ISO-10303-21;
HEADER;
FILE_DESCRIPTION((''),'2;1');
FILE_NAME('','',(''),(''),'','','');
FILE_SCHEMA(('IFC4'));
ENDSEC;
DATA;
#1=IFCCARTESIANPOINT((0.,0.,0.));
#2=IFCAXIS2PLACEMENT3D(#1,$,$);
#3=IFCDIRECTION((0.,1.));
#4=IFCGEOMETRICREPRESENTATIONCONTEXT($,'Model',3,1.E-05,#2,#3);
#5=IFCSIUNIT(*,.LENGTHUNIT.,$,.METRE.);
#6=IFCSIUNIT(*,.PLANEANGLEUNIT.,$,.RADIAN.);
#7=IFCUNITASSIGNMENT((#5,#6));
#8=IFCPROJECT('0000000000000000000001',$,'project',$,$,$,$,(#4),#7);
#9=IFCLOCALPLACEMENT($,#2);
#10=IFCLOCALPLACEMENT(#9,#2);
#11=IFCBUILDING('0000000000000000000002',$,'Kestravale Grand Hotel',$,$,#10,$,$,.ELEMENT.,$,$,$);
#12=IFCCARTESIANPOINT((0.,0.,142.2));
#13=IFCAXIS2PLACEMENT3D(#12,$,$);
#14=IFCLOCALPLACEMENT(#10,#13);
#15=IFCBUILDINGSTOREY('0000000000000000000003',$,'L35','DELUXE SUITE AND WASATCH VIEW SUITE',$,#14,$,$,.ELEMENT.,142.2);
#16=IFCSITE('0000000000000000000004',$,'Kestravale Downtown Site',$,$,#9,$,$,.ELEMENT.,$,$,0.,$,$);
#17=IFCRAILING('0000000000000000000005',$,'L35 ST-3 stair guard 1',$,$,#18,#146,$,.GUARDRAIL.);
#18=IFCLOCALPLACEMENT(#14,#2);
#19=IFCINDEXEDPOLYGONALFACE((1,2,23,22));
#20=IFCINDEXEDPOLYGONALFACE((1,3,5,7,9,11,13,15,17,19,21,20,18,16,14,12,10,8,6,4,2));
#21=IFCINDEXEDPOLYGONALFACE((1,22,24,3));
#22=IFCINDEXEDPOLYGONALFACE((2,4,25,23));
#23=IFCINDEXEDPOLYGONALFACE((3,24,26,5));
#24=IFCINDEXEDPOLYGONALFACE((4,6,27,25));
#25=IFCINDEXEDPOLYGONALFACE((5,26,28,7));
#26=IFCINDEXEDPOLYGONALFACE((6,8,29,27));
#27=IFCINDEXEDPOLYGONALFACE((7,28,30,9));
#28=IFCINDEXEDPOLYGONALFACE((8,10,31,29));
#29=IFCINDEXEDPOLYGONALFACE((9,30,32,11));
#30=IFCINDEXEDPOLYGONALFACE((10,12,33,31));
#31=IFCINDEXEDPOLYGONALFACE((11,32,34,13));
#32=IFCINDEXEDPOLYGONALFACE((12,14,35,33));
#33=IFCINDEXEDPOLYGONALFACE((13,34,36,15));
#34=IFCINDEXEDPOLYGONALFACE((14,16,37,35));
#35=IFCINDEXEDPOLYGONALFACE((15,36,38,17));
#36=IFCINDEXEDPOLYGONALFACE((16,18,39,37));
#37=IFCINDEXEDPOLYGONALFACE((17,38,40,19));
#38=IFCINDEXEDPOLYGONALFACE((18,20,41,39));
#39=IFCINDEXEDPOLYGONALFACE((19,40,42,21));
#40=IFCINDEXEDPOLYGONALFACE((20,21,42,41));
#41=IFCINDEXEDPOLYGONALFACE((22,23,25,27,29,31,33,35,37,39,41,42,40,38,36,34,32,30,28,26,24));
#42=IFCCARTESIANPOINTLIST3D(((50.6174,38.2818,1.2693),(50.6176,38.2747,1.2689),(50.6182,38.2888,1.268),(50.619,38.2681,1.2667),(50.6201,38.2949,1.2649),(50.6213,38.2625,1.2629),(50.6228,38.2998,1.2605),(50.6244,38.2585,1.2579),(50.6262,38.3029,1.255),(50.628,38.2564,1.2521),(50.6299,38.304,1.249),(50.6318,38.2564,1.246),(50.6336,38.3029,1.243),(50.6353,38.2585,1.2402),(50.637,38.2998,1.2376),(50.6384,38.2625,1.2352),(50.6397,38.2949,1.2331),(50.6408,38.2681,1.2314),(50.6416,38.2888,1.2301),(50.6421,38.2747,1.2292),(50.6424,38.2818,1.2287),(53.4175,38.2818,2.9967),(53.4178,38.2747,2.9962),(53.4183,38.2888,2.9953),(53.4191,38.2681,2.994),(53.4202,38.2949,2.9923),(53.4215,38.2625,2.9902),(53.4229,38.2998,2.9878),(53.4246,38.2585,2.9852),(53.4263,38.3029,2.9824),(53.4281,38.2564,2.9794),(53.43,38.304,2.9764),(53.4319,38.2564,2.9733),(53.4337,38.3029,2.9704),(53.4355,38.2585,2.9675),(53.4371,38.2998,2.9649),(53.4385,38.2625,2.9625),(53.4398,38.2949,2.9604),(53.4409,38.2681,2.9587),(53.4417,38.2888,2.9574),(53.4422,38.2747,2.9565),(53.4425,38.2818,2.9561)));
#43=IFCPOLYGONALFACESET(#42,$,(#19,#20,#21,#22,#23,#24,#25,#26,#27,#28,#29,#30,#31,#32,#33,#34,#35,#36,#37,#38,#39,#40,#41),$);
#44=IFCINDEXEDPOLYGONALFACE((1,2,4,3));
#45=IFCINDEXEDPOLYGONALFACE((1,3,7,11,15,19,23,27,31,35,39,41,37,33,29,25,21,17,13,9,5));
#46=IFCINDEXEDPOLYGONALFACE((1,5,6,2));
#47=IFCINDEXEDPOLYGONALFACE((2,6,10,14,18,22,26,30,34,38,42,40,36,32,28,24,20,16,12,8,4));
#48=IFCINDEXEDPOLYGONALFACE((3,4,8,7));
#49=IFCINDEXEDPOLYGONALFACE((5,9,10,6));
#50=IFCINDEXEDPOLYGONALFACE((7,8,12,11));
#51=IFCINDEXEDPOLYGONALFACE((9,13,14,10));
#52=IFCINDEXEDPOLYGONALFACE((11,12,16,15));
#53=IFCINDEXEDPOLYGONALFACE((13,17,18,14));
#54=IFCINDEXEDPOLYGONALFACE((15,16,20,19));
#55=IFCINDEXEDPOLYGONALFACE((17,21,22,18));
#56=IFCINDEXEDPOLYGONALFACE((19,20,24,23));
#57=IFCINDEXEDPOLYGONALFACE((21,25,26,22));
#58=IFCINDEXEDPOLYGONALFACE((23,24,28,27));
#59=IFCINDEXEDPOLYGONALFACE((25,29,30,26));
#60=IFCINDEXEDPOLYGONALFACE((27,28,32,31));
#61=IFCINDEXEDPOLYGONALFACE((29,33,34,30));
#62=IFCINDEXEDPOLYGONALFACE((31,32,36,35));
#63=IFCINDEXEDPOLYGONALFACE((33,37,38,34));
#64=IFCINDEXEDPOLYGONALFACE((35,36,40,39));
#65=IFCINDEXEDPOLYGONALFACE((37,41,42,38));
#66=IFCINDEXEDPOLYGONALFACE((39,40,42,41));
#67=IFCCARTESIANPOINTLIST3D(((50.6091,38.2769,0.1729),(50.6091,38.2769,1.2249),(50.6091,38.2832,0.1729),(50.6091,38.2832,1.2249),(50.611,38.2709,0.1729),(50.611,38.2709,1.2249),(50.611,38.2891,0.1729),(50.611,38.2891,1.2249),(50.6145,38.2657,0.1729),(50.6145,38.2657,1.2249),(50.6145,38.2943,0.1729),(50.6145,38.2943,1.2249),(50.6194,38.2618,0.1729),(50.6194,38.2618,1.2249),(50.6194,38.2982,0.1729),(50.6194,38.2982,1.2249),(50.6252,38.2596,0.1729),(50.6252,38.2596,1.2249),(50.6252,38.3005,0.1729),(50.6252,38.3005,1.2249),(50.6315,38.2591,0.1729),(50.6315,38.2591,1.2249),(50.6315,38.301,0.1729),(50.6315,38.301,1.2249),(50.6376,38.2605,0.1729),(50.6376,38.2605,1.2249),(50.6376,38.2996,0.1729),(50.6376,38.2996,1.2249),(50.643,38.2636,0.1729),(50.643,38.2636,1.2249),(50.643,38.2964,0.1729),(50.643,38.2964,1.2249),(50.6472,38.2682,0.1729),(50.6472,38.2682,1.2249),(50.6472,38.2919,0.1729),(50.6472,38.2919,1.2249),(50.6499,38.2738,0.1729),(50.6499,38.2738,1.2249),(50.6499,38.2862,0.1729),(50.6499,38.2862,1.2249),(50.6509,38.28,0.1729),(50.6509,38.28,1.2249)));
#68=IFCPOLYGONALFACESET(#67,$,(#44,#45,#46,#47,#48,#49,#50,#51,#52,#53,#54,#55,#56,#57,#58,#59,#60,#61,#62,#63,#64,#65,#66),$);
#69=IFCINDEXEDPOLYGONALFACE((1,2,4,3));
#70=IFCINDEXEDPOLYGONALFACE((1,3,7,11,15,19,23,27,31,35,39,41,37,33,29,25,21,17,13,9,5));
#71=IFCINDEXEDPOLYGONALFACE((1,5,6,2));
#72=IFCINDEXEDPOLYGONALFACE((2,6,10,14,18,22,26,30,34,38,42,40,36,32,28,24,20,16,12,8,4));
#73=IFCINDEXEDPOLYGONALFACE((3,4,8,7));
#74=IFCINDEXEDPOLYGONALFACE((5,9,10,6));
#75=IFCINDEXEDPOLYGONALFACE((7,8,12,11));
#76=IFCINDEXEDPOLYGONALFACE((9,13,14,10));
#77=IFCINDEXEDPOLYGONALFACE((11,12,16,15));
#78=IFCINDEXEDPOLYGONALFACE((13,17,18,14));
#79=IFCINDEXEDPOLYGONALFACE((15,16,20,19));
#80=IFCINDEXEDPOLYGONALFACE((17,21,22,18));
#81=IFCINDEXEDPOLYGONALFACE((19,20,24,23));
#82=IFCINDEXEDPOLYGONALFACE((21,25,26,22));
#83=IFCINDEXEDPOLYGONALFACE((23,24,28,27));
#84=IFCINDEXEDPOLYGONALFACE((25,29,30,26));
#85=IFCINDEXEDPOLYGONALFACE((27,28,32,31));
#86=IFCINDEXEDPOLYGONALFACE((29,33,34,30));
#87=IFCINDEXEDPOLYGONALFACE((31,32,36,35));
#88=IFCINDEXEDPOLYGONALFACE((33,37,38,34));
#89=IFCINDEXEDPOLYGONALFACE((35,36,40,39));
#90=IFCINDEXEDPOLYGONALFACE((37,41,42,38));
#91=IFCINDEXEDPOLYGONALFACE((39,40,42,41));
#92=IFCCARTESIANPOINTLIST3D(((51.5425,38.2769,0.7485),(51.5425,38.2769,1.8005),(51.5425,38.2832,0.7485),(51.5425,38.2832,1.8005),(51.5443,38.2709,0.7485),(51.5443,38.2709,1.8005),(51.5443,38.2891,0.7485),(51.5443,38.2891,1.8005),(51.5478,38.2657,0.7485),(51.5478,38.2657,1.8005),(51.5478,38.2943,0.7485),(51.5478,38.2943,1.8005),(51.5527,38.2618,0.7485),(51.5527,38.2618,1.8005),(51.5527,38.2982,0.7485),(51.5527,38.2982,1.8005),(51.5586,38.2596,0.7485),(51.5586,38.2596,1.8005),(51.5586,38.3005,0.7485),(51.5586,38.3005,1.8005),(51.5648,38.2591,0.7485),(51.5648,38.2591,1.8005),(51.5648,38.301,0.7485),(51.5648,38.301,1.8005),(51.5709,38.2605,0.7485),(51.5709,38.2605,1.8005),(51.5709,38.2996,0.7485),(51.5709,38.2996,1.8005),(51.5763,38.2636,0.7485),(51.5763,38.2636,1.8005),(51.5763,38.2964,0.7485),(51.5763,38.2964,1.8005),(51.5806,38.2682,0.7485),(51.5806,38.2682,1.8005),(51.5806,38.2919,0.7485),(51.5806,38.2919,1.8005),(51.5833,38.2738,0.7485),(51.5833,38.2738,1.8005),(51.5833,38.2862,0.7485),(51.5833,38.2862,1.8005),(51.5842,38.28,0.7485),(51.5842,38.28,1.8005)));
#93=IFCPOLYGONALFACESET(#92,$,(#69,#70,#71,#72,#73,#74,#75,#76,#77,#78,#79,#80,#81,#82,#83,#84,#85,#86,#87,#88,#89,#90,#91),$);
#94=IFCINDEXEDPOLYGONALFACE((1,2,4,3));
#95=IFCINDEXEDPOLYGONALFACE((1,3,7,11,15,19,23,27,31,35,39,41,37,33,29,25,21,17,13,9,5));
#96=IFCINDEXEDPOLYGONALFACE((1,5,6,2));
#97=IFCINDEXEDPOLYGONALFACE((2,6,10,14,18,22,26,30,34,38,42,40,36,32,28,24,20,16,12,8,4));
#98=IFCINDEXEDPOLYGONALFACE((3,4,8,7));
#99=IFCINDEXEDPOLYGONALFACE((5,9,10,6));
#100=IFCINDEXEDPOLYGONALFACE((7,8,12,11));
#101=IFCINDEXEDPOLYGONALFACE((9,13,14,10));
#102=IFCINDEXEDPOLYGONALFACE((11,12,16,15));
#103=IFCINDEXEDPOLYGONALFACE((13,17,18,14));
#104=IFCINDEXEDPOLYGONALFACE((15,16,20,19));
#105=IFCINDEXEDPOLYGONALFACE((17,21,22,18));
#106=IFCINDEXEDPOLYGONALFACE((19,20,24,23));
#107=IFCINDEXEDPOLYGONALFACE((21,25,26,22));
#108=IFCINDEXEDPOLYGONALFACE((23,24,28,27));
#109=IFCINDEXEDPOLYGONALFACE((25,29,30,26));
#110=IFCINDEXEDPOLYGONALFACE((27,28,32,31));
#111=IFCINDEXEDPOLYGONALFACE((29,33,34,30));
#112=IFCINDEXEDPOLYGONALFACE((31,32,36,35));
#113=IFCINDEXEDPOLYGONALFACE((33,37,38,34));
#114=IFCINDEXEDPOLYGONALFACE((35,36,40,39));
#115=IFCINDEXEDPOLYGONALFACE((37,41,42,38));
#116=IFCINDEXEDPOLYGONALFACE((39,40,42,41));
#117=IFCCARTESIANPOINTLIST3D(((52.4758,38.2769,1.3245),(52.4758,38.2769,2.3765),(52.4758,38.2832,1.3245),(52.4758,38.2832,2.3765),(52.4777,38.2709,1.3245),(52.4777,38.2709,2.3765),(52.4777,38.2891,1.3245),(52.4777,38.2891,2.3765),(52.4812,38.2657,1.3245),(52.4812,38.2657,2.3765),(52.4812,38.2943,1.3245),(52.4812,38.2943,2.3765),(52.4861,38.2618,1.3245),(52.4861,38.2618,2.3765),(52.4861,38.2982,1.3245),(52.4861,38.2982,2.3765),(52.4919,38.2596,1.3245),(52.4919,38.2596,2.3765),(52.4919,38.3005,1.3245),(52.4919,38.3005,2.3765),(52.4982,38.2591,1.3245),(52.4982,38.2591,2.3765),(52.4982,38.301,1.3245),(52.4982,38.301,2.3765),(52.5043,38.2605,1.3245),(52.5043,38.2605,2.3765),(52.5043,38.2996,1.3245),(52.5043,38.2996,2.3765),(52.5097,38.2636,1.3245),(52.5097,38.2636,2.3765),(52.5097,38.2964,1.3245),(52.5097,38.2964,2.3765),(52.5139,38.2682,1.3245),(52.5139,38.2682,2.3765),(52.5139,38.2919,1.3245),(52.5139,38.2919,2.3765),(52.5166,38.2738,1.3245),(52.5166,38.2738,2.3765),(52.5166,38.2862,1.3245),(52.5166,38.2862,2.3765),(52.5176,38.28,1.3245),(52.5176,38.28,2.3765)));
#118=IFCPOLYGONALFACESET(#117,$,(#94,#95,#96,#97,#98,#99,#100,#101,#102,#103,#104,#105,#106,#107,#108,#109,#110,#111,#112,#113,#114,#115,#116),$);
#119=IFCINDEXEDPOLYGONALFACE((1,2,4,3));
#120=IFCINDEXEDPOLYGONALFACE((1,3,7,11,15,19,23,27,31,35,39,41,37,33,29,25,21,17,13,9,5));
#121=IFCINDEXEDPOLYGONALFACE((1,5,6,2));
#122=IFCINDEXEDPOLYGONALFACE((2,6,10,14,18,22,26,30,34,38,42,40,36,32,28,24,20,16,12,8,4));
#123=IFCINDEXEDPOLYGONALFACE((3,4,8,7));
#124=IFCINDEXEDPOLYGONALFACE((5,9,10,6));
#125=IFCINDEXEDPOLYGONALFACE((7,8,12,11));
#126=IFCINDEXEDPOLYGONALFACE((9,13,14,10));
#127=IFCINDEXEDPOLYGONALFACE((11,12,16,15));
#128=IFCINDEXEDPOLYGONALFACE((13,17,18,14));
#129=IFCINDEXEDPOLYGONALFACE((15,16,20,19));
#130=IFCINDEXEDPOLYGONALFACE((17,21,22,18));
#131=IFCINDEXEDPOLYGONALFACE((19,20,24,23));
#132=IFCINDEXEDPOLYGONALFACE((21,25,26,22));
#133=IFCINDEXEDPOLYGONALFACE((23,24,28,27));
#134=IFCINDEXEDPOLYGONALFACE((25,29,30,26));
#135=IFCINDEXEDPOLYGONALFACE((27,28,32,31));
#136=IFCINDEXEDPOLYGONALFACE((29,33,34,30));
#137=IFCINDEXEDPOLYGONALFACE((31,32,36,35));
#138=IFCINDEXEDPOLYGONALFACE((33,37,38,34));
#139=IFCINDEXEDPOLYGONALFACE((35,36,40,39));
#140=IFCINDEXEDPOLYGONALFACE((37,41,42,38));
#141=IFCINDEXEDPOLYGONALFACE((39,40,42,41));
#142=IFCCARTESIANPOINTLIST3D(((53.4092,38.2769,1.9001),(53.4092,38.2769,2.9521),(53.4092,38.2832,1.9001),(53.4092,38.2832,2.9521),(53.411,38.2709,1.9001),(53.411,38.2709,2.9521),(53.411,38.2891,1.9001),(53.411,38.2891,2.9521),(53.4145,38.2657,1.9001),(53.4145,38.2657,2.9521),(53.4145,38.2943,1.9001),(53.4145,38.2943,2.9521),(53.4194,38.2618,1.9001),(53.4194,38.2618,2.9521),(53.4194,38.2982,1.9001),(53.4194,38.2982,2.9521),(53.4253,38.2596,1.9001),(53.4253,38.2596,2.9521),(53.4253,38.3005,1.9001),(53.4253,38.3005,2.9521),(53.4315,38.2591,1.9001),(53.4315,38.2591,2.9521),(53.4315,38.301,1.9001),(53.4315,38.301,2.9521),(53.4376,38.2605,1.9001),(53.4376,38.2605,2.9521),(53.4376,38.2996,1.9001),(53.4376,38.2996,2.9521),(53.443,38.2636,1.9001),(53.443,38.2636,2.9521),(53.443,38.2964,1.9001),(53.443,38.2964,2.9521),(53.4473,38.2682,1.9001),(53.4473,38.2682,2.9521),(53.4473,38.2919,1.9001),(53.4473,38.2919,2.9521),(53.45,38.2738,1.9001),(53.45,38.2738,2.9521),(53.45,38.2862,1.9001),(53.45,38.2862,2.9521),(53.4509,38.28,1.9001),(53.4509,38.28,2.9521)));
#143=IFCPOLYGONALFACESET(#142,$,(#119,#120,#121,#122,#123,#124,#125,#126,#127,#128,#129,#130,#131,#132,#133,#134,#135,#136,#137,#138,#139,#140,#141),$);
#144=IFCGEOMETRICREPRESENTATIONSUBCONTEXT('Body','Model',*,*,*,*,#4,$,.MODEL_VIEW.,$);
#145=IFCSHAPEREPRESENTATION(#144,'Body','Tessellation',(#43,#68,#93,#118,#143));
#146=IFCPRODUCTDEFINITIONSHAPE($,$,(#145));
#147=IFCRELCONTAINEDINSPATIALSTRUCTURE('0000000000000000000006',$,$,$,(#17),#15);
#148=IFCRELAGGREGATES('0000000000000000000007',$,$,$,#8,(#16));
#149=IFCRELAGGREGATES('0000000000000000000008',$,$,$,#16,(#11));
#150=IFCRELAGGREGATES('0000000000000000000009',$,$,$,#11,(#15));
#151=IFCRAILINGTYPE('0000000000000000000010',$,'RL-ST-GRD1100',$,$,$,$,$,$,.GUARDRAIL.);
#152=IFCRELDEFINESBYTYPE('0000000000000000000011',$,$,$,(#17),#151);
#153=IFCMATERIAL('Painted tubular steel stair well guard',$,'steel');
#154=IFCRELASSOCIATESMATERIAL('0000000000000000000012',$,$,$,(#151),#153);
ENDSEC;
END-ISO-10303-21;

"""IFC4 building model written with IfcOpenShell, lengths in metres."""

from ifc_helpers import new_model, si_unit, direction, frame, origin, origin_2d, place, context, subcontext, project, spatial, circle, extrude, material, type_object, element, save


model = new_model("IFC4")

# Units and contexts
model_context = context("Model", 3, precision=1e-05, world=origin(), true_north=direction((0.0, 1.0)))
body_context = subcontext(model_context, "Body", "Model", "MODEL_VIEW")
ifc_project = project(units=[si_unit("LENGTHUNIT", "METRE"), si_unit("PLANEANGLEUNIT", "RADIAN")], contexts=[model_context])

# Site, building, storey
site_placement = place(None, origin())
site = spatial("IfcSite", under=ifc_project, at=site_placement, Name="Kestravale Downtown Site", CompositionType="ELEMENT", RefElevation=0.0)
building_placement = place(site_placement, origin())
building = spatial("IfcBuilding", under=site, at=building_placement, Name="Kestravale Grand Hotel", CompositionType="ELEMENT")
storey_placement = place(building_placement, frame((0.0, 0.0, 142.2)))
storey = spatial("IfcBuildingStorey", under=building, at=storey_placement, Name="L35", Description="DELUXE SUITE AND WASATCH VIEW SUITE", CompositionType="ELEMENT", Elevation=142.2)

# Railing
ifc_material_1 = material(Name="Painted tubular steel stair well guard", Category="steel")
railing_type_1 = type_object("IfcRailingType", Name="RL-ST-GRD1100", PredefinedType="GUARDRAIL", material=ifc_material_1)
railing_1_placement = place(storey_placement, frame((50.6299, 38.28, 0.1729)))
element("IfcRailing", 1, at=railing_1_placement, inside=storey, type_object=railing_type_1, Name="L35 ST-3 stair guard 1", PredefinedType="GUARDRAIL", context=body_context, shape_type="SweptSolid", body=[
    extrude(circle(Radius=0.0239, at=origin_2d()), frame((0.0, 0.0, 1.0762), z_axis=(0.85109, 0.0, 0.52502), x_axis=(0.0, 1.0, 0.0)), (0.0, 0.0, 1.0), 3.29),
    extrude(circle(Radius=0.021, at=origin_2d()), origin(), (0.0, 0.0, 1.0), 1.052),
    extrude(circle(Radius=0.021, at=origin_2d()), frame((0.9333, 0.0, 0.5757)), (0.0, 0.0, 1.0), 1.052),
    extrude(circle(Radius=0.021, at=origin_2d()), frame((1.8667, 0.0, 1.1516)), (0.0, 0.0, 1.0), 1.052),
    extrude(circle(Radius=0.021, at=origin_2d()), frame((2.8, 0.0, 1.7273)), (0.0, 0.0, 1.0), 1.052),
])

save(model, "model.ifc")
